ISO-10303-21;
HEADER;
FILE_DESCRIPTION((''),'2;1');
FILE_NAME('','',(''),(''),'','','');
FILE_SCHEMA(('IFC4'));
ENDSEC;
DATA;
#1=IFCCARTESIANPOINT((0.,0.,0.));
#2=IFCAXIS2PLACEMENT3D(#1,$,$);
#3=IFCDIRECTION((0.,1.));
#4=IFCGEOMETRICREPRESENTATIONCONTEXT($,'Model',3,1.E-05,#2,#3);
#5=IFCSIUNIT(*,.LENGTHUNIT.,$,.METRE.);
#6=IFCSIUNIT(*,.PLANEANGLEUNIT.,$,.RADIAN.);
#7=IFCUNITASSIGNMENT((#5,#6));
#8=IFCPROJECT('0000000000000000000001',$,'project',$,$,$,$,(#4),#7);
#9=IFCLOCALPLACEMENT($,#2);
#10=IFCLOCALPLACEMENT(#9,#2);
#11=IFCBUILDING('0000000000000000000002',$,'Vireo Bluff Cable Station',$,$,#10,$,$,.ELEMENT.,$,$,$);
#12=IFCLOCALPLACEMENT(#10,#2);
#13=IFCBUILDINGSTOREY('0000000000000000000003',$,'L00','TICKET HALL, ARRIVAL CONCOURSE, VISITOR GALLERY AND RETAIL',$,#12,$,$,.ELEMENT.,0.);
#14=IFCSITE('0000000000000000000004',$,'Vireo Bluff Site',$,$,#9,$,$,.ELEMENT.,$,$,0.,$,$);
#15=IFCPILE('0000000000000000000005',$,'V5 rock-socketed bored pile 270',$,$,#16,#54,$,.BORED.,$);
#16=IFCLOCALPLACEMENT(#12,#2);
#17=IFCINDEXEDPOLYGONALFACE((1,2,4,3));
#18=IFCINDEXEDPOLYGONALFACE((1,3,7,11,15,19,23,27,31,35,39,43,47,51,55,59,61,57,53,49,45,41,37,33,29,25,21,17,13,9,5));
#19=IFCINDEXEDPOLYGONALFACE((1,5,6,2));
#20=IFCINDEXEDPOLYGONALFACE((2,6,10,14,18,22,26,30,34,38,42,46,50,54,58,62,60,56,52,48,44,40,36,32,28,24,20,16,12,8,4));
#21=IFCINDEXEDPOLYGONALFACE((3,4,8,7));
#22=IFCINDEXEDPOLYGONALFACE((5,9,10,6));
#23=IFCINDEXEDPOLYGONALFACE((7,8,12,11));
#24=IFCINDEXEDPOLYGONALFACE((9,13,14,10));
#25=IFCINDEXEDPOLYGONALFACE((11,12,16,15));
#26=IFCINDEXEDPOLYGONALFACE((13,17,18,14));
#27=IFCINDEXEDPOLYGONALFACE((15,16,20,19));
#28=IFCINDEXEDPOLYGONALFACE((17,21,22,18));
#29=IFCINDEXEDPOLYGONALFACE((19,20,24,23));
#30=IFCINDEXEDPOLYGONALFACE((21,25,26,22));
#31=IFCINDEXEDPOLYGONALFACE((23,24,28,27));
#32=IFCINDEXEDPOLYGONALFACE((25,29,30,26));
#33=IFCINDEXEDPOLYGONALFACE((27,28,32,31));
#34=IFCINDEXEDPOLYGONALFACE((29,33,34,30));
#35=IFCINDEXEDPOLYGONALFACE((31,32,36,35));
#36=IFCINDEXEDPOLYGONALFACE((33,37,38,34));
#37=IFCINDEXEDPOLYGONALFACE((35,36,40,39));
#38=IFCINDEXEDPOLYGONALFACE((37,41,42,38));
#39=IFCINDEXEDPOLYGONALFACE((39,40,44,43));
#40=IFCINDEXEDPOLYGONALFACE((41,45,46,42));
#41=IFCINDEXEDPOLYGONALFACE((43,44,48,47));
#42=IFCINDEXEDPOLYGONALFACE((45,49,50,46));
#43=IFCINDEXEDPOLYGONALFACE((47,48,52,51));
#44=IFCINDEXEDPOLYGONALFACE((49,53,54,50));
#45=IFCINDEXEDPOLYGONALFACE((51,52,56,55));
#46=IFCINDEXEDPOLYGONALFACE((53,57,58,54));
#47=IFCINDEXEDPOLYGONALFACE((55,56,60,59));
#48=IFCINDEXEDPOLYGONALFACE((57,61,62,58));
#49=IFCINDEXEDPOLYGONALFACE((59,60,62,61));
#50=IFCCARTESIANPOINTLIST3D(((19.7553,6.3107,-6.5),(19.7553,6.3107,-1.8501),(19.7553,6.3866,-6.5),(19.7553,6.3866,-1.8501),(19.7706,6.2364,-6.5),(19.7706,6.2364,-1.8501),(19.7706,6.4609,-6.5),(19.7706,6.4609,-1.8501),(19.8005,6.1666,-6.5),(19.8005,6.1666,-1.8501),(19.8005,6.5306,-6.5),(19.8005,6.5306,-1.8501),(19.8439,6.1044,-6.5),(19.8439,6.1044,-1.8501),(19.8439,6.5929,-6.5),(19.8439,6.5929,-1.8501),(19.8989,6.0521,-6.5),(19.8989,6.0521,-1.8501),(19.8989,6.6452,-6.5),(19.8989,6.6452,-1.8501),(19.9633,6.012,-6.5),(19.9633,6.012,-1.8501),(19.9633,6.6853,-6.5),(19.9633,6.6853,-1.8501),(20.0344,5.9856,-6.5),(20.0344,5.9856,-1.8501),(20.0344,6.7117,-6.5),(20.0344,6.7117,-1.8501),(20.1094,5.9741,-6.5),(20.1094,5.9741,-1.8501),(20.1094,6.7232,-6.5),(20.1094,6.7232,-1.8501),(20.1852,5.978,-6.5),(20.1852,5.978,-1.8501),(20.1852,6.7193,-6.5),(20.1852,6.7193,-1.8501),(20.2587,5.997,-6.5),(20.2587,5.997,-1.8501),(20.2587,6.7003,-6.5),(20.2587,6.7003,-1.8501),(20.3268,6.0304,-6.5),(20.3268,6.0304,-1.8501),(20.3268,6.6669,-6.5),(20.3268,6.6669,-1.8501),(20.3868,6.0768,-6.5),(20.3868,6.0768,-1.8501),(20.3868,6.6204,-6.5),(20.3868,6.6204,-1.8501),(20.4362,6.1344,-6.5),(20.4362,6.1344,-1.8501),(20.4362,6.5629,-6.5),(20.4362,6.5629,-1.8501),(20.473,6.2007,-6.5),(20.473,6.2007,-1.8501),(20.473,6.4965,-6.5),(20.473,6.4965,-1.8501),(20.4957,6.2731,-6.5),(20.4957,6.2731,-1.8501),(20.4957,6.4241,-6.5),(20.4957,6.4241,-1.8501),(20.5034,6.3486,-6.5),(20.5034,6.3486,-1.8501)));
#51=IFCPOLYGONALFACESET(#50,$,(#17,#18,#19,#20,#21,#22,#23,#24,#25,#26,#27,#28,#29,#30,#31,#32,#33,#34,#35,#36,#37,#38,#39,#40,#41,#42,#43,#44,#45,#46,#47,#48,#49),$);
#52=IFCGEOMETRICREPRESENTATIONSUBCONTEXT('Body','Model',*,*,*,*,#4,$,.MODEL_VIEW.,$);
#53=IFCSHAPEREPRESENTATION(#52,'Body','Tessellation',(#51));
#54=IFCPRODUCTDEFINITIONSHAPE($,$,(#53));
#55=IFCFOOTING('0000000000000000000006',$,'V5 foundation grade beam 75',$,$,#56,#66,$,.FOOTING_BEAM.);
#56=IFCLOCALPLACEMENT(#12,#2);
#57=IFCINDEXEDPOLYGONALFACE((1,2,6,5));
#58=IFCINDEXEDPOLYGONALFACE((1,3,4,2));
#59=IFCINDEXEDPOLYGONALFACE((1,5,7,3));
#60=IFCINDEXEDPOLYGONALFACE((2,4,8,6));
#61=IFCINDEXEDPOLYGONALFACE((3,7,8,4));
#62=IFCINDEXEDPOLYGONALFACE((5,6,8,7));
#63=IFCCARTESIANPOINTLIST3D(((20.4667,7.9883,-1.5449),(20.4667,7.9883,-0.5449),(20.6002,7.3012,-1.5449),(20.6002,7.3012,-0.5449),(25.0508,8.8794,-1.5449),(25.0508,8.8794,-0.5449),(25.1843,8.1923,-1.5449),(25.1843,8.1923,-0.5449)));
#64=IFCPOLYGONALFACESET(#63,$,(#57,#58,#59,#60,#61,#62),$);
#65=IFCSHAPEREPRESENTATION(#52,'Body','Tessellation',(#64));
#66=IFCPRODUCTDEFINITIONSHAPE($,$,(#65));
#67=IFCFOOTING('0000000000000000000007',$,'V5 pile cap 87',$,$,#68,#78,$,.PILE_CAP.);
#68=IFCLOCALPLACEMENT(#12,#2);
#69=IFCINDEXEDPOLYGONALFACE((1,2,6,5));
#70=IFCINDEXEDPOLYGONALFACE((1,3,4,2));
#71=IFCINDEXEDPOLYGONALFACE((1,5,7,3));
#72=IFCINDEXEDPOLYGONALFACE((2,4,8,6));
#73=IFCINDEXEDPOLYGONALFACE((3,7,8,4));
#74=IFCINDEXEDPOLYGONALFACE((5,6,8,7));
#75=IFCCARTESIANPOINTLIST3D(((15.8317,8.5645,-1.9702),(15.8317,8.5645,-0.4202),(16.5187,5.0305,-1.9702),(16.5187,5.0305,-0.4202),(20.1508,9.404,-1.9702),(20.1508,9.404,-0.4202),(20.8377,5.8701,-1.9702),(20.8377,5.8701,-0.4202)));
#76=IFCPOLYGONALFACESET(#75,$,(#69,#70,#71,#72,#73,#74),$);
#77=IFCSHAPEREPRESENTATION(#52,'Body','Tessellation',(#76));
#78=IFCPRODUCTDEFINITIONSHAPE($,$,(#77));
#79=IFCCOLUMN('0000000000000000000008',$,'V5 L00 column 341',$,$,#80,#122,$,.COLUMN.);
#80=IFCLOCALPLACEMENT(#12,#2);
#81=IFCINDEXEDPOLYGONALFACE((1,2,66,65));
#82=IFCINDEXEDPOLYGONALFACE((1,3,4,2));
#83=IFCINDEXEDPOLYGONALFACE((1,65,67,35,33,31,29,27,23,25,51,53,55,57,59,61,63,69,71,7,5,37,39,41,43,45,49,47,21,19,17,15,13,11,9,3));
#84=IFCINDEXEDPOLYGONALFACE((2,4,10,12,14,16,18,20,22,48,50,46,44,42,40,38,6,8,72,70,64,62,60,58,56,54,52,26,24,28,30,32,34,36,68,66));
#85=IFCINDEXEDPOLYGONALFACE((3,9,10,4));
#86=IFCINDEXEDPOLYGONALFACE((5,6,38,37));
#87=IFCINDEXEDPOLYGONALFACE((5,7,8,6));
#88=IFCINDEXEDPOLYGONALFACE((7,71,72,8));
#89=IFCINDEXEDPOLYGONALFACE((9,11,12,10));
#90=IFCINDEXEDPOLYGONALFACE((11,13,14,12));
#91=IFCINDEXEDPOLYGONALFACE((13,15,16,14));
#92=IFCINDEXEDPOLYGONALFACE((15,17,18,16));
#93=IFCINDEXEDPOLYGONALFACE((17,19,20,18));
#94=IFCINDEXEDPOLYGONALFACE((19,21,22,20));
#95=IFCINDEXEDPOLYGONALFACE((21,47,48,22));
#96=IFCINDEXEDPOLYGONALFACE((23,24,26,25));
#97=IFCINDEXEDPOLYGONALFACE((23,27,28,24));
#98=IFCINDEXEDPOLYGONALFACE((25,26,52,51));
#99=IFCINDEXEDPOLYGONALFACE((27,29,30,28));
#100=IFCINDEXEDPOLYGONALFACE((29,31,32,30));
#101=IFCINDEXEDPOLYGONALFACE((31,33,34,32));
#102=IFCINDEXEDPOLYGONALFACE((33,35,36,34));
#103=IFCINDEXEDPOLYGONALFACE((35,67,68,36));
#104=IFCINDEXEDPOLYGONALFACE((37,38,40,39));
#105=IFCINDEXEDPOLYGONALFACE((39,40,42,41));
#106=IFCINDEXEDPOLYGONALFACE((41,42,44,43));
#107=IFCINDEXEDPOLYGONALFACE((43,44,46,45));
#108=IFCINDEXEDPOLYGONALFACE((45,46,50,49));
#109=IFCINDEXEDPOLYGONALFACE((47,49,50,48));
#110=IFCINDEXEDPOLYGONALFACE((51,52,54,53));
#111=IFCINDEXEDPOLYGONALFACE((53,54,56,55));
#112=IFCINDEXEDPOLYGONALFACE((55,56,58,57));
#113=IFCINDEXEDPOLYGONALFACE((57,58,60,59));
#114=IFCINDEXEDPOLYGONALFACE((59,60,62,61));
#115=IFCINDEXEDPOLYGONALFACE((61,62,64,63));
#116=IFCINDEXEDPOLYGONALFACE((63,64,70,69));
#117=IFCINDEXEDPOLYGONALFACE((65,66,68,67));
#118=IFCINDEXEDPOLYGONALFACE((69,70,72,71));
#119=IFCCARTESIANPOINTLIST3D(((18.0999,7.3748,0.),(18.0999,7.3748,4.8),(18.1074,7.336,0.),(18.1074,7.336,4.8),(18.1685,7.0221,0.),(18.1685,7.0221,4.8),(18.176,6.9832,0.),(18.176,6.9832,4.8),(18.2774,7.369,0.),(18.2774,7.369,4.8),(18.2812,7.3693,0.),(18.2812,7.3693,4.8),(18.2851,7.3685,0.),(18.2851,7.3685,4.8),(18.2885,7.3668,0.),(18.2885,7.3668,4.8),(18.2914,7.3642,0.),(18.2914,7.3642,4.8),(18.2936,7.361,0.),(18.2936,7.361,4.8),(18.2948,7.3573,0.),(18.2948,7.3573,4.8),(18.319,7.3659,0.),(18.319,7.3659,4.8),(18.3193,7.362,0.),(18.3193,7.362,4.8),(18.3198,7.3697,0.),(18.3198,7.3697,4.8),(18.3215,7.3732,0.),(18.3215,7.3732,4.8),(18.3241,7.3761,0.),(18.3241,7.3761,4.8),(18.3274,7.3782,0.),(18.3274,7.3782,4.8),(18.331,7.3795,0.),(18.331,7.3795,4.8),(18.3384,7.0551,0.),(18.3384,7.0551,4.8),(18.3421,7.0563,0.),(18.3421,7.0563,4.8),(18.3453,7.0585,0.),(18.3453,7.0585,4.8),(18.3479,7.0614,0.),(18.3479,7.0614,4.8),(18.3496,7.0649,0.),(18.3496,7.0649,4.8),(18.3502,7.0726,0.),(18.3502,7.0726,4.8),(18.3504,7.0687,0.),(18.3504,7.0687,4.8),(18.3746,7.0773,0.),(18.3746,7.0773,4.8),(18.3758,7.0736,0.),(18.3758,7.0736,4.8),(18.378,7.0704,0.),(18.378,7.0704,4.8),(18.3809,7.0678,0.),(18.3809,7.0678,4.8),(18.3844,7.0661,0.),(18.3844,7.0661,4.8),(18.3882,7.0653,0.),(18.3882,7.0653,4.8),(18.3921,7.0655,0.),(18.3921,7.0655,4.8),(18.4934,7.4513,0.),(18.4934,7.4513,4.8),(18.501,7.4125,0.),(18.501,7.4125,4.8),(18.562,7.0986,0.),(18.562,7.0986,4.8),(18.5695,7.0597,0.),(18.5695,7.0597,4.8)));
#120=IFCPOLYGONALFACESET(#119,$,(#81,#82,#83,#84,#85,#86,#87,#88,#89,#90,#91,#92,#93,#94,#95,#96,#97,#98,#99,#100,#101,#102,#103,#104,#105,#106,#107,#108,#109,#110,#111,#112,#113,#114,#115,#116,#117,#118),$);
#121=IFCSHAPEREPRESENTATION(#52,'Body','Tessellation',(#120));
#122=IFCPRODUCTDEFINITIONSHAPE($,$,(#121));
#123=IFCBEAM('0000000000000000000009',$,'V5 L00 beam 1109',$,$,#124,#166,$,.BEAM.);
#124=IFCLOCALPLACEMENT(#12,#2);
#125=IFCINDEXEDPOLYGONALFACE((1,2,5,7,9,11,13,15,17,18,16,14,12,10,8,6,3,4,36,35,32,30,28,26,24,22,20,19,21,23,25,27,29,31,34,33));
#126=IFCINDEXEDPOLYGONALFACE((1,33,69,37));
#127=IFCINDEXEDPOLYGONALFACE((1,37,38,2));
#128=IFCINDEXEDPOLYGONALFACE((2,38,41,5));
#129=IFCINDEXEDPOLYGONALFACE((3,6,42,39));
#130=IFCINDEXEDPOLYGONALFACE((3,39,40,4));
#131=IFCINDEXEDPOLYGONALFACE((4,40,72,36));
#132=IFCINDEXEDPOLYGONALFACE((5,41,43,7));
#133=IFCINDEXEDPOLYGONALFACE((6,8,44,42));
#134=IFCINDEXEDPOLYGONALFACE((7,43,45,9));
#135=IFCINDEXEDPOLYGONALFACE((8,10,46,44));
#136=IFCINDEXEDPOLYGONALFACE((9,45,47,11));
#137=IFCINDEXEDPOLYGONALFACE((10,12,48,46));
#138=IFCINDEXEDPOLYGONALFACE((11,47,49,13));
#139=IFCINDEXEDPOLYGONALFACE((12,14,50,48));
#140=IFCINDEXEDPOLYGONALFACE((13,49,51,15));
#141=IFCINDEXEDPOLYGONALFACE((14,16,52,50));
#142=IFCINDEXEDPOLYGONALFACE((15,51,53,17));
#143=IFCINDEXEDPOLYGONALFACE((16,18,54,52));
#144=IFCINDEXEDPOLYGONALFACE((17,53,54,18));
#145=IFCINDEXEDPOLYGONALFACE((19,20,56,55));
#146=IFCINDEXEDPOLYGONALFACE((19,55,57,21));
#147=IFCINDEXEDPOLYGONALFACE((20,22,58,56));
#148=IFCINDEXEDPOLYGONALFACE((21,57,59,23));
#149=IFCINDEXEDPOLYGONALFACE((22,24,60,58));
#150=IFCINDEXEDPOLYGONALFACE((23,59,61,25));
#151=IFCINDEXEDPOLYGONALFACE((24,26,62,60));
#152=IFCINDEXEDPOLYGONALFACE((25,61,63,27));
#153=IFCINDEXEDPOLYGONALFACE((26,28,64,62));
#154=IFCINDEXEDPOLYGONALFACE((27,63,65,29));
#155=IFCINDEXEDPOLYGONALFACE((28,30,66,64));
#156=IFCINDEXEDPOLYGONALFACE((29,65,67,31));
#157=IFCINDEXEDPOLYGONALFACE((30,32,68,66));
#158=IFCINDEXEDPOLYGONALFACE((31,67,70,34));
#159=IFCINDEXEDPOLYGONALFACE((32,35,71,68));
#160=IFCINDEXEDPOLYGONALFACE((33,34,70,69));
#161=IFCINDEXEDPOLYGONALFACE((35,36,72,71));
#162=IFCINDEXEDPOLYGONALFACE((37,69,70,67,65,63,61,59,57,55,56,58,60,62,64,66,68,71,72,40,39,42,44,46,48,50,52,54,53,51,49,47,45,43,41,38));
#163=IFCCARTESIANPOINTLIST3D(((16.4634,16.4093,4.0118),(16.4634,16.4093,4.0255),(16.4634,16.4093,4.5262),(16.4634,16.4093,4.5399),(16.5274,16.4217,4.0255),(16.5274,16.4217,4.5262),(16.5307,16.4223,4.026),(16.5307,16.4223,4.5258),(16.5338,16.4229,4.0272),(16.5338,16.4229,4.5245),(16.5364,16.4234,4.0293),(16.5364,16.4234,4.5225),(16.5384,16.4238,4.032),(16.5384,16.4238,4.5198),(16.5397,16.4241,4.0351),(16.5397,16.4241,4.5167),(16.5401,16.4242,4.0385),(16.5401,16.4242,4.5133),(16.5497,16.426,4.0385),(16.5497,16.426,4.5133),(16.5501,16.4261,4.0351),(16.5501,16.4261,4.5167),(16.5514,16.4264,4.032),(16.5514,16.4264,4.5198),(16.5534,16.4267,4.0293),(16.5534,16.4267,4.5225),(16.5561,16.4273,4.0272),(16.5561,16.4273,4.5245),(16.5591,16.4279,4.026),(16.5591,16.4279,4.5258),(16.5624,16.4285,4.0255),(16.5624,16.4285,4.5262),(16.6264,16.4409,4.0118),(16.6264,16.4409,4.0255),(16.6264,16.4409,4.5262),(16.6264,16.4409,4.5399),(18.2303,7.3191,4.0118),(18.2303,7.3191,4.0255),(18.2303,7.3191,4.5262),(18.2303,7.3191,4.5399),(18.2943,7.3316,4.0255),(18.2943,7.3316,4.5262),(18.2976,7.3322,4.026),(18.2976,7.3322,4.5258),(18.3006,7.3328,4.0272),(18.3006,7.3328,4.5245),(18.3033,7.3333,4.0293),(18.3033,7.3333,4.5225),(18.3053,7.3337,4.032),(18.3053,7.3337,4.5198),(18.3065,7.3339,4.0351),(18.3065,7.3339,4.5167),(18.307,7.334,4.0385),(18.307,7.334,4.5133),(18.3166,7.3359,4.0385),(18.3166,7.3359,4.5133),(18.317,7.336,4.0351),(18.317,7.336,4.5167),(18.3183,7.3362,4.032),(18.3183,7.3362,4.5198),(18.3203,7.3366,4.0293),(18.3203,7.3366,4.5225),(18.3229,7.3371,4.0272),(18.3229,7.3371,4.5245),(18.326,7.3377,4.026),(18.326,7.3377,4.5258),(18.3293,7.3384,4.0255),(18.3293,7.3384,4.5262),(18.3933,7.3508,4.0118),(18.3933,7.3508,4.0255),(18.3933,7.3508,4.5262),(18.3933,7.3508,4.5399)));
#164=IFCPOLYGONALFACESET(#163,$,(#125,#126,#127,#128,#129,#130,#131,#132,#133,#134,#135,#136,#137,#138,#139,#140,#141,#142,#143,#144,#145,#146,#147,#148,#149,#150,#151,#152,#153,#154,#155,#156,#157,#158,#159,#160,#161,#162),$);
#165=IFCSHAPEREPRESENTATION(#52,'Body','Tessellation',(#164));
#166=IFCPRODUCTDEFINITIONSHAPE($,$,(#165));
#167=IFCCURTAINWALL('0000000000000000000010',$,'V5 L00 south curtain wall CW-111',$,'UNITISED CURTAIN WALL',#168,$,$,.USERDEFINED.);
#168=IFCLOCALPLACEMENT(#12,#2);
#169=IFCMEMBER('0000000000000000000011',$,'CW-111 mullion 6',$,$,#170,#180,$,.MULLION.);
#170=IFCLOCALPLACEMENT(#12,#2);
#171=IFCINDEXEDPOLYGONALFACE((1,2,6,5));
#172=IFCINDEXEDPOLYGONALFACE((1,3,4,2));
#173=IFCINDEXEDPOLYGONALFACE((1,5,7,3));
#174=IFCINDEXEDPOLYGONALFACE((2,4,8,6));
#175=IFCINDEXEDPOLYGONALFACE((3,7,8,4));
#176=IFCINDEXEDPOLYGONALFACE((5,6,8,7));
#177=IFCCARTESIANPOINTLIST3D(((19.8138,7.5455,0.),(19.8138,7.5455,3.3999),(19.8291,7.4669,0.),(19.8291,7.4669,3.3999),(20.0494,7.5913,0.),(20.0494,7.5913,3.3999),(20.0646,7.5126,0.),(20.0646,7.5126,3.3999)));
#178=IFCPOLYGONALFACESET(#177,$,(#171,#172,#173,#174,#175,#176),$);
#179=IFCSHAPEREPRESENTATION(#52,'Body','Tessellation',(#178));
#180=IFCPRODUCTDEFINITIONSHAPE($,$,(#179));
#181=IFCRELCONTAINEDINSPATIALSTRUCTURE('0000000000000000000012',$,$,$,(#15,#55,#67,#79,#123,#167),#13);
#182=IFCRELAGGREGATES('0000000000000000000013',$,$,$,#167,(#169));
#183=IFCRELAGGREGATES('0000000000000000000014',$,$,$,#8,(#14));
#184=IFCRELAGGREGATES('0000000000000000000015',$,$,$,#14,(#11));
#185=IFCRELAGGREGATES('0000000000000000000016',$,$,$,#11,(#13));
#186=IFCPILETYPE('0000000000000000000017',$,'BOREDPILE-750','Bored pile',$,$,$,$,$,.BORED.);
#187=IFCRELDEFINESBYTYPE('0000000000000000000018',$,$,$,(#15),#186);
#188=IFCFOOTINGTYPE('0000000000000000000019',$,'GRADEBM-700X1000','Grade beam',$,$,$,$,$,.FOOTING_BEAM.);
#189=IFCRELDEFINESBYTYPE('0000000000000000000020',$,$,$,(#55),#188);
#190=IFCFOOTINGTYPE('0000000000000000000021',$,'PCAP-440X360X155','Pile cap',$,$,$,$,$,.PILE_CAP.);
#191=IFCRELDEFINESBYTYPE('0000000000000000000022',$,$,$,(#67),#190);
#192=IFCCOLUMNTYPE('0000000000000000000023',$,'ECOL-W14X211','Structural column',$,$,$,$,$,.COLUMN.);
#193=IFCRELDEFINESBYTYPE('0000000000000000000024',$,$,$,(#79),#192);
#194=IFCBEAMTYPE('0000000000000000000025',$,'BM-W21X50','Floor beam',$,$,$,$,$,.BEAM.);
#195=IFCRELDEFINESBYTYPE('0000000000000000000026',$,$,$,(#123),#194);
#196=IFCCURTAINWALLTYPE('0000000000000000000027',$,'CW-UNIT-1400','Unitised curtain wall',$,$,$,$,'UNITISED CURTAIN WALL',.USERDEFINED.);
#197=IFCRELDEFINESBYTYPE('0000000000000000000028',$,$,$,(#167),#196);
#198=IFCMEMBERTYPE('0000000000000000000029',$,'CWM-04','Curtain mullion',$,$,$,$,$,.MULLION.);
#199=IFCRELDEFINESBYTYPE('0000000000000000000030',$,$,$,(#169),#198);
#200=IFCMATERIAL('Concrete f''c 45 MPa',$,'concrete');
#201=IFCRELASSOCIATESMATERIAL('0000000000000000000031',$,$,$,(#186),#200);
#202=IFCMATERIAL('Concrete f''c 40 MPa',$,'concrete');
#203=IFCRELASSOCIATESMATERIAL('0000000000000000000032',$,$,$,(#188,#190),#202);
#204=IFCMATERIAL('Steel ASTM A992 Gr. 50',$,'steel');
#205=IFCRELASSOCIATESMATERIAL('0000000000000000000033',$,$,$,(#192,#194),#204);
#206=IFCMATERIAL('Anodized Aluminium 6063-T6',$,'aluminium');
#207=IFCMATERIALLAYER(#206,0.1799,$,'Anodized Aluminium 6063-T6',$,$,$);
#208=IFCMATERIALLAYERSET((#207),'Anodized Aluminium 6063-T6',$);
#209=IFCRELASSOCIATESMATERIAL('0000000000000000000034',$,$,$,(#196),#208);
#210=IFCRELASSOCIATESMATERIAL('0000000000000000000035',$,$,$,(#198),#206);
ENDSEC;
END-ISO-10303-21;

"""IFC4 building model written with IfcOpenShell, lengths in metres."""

from ifc_helpers import new_model, si_unit, direction, frame, origin, origin_2d, place, context, subcontext, project, spatial, rectangle, circle, i_section, extrude, material, layer, layer_set, material_profile, profile_set, type_object, element, aggregate, save


model = new_model("IFC4")

# Units and contexts
model_context = context("Model", 3, precision=1e-05, world=origin(), true_north=direction((0.0, 1.0)))
body_context = subcontext(model_context, "Body", "Model", "MODEL_VIEW")
ifc_project = project(units=[si_unit("LENGTHUNIT", "METRE"), si_unit("PLANEANGLEUNIT", "RADIAN")], contexts=[model_context])

# Site, building, storey
site_placement = place(None, origin())
site = spatial("IfcSite", under=ifc_project, at=site_placement, Name="Vireo Bluff Site", CompositionType="ELEMENT", RefElevation=0.0)
building_placement = place(site_placement, origin())
building = spatial("IfcBuilding", under=site, at=building_placement, Name="Vireo Bluff Cable Station", CompositionType="ELEMENT")
storey_placement = place(building_placement, origin())
storey = spatial("IfcBuildingStorey", under=building, at=storey_placement, Name="L00", Description="TICKET HALL, ARRIVAL CONCOURSE, VISITOR GALLERY AND RETAIL", CompositionType="ELEMENT", Elevation=0.0)

# Pile
ifc_material_1 = material(Name="Concrete f'c 45 MPa", Category="concrete")
ifc_material_profile_1 = material_profile(ifc_material_1, circle(Radius=0.375, at=origin_2d()), Name="BOREDPILE-750")
ifc_profile_set_1 = profile_set([ifc_material_profile_1], Name="Concrete f'c 45 MPa")
pile_type = type_object("IfcPileType", Name="BOREDPILE-750", Description="Bored pile", PredefinedType="BORED", material=ifc_profile_set_1)
pile_placement = place(storey_placement, frame((20.1284, 6.3486, -1.8501), z_axis=(0.0, 0.0, -1.0), x_axis=(1.0, 0.0, 0.0)))
element("IfcPile", 1, at=pile_placement, inside=storey, type_object=pile_type, Name="V5 rock-socketed bored pile 270", PredefinedType="BORED", context=body_context, shape_type="SweptSolid", body=[
    extrude(circle(Radius=0.375, at=origin_2d()), origin(), (0.0, 0.0, 1.0), 4.6499),
])

# Footings
ifc_material_2 = material(Name="Concrete f'c 40 MPa", Category="concrete")
ifc_material_profile_2 = material_profile(ifc_material_2, rectangle(XDim=0.7, YDim=1.0, at=origin_2d()), Name="GRADEBM-700X1000")
ifc_profile_set_2 = profile_set([ifc_material_profile_2], Name="Concrete f'c 40 MPa")
footing_type_1 = type_object("IfcFootingType", Name="GRADEBM-700X1000", Description="Grade beam", PredefinedType="FOOTING_BEAM", material=ifc_profile_set_2)
footing_1_placement = place(storey_placement, frame((20.5334, 7.6448, -1.0449), z_axis=(0.981626, 0.190815, 0.0), x_axis=(-0.190815, 0.981626, 0.0)))
element("IfcFooting", 2, at=footing_1_placement, inside=storey, type_object=footing_type_1, Name="V5 foundation grade beam 75", PredefinedType="FOOTING_BEAM", context=body_context, shape_type="SweptSolid", body=[
    extrude(rectangle(XDim=0.7, YDim=1.0, at=origin_2d()), origin(), (0.0, 0.0, 1.0), 4.6699),
])
footing_type_2 = type_object("IfcFootingType", Name="PCAP-440X360X155", Description="Pile cap", PredefinedType="PILE_CAP", material=ifc_material_2)
footing_2_placement = place(storey_placement, frame((18.3347, 7.2173, -1.9702), z_axis=(0.0, 0.0, 1.0), x_axis=(0.981627, 0.190809, 0.0)))
element("IfcFooting", 3, at=footing_2_placement, inside=storey, type_object=footing_type_2, Name="V5 pile cap 87", PredefinedType="PILE_CAP", context=body_context, shape_type="SweptSolid", body=[
    extrude(rectangle(XDim=4.3999, YDim=3.6001, at=origin_2d()), origin(), (0.0, 0.0, 1.0), 1.55),
])

# Column
ifc_material_3 = material(Name="Steel ASTM A992 Gr. 50", Category="steel")
ifc_material_profile_3 = material_profile(ifc_material_3, i_section(OverallWidth=0.4009, OverallDepth=0.3989, WebThickness=0.0249, FlangeThickness=0.0396, FilletRadius=0.0149, at=origin_2d()), Name="W14X211")
ifc_profile_set_3 = profile_set([ifc_material_profile_3], Name="Steel ASTM A992 Gr. 50")
column_type = type_object("IfcColumnType", Name="ECOL-W14X211", Description="Structural column", PredefinedType="COLUMN", material=ifc_profile_set_3)
column_placement = place(storey_placement, frame((18.3347, 7.2173, 0.0), z_axis=(0.0, 0.0, 1.0), x_axis=(0.981627, 0.190809, 0.0)))
element("IfcColumn", 4, at=column_placement, inside=storey, type_object=column_type, Name="V5 L00 column 341", PredefinedType="COLUMN", context=body_context, shape_type="SweptSolid", body=[
    extrude(i_section(OverallWidth=0.4009, OverallDepth=0.3989, WebThickness=0.0249, FlangeThickness=0.0396, FilletRadius=0.0149, at=origin_2d()), origin(), (0.0, 0.0, 1.0), 4.8),
])

# Beam
ifc_material_profile_4 = material_profile(ifc_material_3, i_section(OverallWidth=0.166, OverallDepth=0.5281, WebThickness=0.0098, FlangeThickness=0.0137, FilletRadius=0.0129, at=origin_2d()), Name="W21X50")
ifc_profile_set_4 = profile_set([ifc_material_profile_4], Name="Steel ASTM A992 Gr. 50")
beam_type_1 = type_object("IfcBeamType", Name="BM-W21X50", Description="Floor beam", PredefinedType="BEAM", material=ifc_profile_set_4)
beam_1_placement = place(storey_placement, frame((18.3118, 7.335, 4.2759), z_axis=(-0.1908, 0.981629, 0.0), x_axis=(-0.981629, -0.1908, 0.0)))
element("IfcBeam", 5, at=beam_1_placement, inside=storey, type_object=beam_type_1, Name="V5 L00 beam 1109", PredefinedType="BEAM", context=body_context, shape_type="SweptSolid", body=[
    extrude(i_section(OverallWidth=0.166, OverallDepth=0.5281, WebThickness=0.0098, FlangeThickness=0.0137, FilletRadius=0.0129, at=origin_2d()), origin(), (0.0, 0.0, 1.0), 9.2603),
])

# Curtain wall, member
ifc_material_4 = material(Name="Anodized Aluminium 6063-T6", Category="aluminium")
ifc_layer_1 = layer(ifc_material_4, 0.1799, Name="Anodized Aluminium 6063-T6")
ifc_layer_set_1 = layer_set([ifc_layer_1], Name="Anodized Aluminium 6063-T6")
curtain_wall_type = type_object("IfcCurtainWallType", Name="CW-UNIT-1400", Description="Unitised curtain wall", ElementType="UNITISED CURTAIN WALL", PredefinedType="USERDEFINED", material=ifc_layer_set_1)
curtain_wall_placement = place(storey_placement, origin())
curtain_wall = element("IfcCurtainWall", 6, at=curtain_wall_placement, inside=storey, type_object=curtain_wall_type, Name="V5 L00 south curtain wall CW-111", ObjectType="UNITISED CURTAIN WALL", PredefinedType="USERDEFINED")
ifc_material_profile_5 = material_profile(ifc_material_4, rectangle(XDim=0.0801, YDim=0.24, at=origin_2d()), Name="ALU-M-80X240")
ifc_profile_set_5 = profile_set([ifc_material_profile_5], Name="Anodized Aluminium 6063-T6")
member_type_1 = type_object("IfcMemberType", Name="CWM-04", Description="Curtain mullion", PredefinedType="MULLION", material=ifc_profile_set_5)
member_1_placement = place(storey_placement, frame((19.9392, 7.5291, 0.0), z_axis=(0.0, 0.0, 1.0), x_axis=(0.190809, -0.981627, 0.0)))
member_1 = element("IfcMember", 7, at=member_1_placement, type_object=member_type_1, Name="CW-111 mullion 6", PredefinedType="MULLION", context=body_context, shape_type="SweptSolid", body=[
    extrude(rectangle(XDim=0.0801, YDim=0.24, at=origin_2d()), origin(), (0.0, 0.0, 1.0), 3.3999),
])

aggregate(curtain_wall, [member_1])

save(model, "model.ifc")
